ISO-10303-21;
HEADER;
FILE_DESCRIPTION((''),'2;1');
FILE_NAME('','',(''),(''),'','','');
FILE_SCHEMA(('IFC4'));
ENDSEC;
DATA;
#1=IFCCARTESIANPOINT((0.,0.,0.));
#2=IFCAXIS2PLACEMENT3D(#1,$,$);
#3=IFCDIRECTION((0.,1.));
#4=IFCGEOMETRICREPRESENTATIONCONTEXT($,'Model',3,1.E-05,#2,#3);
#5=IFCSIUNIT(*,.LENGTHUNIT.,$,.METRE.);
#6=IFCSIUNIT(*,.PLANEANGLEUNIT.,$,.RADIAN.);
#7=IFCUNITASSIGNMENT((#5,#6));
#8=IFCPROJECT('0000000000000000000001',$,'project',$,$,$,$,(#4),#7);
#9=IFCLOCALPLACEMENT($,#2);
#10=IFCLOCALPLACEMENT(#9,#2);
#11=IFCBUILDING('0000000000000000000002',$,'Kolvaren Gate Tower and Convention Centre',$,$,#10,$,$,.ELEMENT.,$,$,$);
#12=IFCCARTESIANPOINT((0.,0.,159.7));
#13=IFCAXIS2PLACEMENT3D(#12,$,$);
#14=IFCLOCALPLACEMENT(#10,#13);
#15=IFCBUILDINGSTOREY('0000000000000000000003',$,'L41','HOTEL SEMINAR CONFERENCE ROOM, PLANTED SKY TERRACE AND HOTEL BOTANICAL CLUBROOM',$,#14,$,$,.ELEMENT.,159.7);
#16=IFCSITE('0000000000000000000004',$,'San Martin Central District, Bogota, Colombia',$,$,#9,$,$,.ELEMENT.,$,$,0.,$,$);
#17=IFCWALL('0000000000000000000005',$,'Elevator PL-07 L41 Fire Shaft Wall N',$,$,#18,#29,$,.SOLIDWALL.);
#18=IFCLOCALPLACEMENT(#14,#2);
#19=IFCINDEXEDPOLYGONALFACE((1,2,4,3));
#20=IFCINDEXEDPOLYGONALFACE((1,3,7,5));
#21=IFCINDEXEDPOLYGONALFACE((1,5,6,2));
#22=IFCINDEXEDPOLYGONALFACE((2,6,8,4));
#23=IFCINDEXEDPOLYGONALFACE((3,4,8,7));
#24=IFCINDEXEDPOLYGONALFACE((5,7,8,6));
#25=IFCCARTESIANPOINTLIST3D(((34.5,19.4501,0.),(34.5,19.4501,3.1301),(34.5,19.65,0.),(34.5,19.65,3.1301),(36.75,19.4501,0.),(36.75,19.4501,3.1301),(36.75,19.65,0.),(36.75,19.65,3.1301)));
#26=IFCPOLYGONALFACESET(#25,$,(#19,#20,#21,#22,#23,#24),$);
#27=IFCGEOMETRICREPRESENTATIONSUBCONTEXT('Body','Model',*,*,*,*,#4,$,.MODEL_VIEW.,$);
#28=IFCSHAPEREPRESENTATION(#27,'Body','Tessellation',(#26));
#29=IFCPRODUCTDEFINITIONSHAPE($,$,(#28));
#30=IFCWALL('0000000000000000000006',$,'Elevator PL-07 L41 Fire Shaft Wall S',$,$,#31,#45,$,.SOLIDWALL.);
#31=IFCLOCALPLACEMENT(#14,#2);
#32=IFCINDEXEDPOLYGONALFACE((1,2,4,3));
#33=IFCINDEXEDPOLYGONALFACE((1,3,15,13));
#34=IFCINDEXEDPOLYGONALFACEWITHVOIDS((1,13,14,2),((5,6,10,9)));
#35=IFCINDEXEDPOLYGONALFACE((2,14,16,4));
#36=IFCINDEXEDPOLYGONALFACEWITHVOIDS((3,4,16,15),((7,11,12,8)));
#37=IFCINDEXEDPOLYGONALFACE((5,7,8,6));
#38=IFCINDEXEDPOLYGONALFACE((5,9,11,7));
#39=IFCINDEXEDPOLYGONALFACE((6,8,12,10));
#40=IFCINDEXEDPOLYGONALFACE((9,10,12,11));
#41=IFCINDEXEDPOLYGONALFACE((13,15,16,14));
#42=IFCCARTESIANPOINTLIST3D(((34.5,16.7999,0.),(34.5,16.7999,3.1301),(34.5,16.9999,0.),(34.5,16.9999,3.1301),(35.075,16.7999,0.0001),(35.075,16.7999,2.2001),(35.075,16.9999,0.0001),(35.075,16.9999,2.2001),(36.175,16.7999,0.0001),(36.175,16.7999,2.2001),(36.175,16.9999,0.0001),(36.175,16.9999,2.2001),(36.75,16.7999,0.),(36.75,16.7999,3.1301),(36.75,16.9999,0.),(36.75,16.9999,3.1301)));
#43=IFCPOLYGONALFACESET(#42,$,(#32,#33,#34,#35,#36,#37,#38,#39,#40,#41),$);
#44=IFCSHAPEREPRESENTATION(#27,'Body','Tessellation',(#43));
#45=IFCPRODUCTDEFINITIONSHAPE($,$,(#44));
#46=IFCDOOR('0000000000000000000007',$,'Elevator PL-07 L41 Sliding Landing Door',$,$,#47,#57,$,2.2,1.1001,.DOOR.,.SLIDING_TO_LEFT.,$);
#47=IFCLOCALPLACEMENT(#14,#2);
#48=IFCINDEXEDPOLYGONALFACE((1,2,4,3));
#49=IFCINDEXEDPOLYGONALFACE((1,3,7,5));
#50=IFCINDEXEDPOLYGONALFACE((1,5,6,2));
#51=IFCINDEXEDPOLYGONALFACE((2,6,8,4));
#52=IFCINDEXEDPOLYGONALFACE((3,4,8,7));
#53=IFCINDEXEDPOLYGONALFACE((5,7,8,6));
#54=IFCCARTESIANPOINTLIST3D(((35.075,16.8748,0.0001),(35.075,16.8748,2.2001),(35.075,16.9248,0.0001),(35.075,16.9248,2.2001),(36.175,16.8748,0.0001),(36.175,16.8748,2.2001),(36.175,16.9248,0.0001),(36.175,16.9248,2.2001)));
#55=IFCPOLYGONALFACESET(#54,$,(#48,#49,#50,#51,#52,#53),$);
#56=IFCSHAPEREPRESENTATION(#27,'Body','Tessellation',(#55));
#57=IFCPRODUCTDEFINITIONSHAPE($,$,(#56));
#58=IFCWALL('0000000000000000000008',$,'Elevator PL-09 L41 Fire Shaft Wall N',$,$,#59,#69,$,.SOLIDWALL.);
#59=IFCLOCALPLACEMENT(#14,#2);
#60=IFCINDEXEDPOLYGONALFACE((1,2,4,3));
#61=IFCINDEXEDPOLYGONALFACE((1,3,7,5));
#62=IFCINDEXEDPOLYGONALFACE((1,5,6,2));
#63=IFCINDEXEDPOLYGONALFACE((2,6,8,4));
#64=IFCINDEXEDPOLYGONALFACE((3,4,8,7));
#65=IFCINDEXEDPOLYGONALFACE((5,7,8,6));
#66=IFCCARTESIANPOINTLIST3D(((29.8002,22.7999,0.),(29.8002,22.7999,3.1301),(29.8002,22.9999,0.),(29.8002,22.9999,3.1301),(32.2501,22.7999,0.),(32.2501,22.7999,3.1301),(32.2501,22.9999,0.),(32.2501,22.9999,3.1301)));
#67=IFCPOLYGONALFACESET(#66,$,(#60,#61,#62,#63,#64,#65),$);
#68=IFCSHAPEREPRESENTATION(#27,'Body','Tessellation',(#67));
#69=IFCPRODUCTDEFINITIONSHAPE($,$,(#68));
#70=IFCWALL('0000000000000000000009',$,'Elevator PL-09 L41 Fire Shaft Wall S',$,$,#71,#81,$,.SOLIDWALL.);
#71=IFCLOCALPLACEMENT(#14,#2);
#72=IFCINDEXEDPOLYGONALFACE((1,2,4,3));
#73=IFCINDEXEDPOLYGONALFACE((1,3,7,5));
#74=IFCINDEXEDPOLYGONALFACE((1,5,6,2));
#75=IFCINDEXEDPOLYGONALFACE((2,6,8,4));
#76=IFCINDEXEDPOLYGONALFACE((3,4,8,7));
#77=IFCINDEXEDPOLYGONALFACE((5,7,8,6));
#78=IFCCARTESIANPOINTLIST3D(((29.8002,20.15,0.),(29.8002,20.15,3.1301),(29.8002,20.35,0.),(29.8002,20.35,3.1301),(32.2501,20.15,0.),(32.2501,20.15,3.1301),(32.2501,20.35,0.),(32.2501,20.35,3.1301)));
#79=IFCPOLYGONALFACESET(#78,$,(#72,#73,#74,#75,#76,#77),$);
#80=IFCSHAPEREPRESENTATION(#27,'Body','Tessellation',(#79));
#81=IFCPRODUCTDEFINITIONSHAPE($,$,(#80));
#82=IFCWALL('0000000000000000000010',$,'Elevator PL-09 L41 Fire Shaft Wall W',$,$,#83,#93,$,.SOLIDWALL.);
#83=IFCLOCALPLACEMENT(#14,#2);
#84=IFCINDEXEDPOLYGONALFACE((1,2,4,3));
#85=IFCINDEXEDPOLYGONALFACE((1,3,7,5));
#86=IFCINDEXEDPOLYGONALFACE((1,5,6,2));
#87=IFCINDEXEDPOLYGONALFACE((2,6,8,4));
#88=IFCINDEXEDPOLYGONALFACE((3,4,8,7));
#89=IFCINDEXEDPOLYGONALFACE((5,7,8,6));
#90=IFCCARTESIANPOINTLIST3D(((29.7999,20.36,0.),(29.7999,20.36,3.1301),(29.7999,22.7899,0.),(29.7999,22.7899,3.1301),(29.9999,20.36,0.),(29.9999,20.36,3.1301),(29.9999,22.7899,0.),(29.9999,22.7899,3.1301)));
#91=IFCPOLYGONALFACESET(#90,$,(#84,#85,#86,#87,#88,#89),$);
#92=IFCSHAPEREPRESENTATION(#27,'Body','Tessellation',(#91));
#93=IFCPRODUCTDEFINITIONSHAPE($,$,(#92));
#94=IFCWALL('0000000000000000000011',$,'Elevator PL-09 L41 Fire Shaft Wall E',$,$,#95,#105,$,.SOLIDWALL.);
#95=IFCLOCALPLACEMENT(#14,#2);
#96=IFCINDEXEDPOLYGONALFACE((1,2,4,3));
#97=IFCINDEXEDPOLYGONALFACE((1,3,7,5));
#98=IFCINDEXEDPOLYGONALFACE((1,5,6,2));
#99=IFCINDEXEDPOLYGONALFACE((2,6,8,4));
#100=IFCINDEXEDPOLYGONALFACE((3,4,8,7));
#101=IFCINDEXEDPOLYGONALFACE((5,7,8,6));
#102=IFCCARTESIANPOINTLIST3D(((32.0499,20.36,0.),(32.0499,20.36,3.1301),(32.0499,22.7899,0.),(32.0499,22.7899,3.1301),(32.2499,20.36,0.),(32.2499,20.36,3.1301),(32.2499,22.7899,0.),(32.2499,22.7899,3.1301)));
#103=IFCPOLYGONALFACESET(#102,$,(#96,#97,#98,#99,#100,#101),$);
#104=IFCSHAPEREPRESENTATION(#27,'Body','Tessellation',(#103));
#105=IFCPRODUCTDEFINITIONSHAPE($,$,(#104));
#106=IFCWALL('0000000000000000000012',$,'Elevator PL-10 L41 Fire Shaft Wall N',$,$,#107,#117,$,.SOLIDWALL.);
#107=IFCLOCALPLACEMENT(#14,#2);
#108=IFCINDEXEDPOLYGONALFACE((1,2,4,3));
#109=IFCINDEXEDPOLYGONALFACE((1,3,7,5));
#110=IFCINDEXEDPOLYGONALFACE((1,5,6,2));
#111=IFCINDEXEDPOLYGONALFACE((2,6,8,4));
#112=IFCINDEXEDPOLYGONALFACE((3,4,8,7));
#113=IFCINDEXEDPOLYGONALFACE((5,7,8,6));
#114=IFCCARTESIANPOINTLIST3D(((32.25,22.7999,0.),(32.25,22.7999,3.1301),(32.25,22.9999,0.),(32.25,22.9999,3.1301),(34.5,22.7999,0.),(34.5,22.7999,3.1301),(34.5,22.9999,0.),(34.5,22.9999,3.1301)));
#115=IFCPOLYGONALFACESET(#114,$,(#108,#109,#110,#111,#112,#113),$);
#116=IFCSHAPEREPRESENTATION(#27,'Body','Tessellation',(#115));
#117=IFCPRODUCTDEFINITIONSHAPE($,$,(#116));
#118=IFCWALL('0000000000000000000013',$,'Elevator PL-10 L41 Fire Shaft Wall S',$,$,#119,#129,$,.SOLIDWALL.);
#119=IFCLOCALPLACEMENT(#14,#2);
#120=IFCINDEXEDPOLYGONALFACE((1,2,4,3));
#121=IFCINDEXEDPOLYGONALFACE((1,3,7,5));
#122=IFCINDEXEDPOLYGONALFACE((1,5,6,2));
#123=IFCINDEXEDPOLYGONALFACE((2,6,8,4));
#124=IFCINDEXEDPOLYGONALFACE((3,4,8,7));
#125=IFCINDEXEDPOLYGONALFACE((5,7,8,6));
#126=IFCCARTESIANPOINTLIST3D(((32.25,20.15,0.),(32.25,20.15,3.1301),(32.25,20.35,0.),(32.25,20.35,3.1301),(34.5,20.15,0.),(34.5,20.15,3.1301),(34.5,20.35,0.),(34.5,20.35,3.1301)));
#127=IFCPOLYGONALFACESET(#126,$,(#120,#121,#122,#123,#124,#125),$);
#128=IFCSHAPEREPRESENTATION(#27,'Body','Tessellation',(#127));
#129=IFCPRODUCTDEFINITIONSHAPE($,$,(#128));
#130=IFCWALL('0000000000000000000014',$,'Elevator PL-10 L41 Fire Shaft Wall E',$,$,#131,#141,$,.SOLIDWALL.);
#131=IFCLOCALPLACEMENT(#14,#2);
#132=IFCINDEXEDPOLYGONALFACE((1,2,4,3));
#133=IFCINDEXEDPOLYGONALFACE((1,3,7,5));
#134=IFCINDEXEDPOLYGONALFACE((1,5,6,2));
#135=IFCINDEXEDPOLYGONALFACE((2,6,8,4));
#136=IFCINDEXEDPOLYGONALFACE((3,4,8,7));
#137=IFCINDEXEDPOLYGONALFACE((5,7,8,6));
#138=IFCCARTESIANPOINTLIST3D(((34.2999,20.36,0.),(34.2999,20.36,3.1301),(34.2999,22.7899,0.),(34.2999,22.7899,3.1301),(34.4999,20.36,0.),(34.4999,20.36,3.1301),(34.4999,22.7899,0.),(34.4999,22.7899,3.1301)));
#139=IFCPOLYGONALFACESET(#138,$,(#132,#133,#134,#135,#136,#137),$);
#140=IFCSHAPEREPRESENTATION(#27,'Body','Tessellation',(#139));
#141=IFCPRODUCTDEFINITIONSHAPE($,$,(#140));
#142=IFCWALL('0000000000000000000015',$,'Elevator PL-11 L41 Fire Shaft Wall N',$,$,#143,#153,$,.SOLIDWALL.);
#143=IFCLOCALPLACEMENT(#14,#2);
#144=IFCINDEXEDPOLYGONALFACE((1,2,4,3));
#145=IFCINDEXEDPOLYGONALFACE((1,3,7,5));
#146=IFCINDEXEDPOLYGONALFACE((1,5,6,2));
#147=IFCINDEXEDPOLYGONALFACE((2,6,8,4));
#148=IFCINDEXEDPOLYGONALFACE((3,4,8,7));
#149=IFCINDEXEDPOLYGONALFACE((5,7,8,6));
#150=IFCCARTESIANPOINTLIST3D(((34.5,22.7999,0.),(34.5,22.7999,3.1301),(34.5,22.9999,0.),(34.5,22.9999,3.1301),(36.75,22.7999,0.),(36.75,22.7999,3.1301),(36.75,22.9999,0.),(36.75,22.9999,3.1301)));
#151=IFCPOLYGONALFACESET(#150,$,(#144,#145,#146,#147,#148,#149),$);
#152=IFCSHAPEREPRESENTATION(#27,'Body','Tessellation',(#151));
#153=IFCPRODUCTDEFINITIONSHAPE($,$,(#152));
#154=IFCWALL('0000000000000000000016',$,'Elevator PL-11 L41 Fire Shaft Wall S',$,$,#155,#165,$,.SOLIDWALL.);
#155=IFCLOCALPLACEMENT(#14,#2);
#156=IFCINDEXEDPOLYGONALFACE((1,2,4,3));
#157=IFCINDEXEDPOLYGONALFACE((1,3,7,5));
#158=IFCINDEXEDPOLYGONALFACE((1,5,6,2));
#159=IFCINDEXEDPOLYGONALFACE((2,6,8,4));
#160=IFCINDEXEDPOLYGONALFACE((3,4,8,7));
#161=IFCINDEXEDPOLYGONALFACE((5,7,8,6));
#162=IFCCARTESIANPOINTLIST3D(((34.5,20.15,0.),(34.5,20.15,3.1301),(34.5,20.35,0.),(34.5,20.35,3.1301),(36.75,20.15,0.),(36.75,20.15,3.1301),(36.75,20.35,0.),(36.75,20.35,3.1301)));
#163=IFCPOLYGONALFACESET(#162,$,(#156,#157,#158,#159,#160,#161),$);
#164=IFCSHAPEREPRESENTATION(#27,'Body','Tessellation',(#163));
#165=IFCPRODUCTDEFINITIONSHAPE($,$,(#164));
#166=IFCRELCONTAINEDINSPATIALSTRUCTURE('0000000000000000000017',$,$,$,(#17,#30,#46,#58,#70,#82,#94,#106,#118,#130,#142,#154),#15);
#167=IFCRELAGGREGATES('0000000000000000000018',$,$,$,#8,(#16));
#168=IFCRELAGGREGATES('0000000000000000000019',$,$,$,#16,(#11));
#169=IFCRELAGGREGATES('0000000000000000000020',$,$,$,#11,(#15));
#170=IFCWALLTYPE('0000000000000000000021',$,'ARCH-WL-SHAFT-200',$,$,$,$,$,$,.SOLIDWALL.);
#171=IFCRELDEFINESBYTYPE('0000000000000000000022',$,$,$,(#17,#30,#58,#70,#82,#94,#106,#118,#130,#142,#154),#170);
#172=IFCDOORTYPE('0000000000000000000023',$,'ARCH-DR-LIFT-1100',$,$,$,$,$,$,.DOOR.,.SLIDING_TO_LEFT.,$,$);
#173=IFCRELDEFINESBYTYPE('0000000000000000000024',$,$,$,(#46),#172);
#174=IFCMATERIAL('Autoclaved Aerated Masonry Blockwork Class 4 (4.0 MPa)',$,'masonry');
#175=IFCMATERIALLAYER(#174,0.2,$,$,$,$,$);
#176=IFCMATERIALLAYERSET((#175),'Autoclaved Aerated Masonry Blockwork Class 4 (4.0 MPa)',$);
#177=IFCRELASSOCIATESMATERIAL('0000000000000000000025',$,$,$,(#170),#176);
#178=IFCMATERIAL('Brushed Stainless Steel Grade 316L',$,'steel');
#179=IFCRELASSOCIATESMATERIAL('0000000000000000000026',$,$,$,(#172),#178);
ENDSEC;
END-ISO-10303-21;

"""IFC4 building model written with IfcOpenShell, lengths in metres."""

from ifc_helpers import new_model, si_unit, direction, frame, frame_2d, origin, place, context, subcontext, project, spatial, rectangle, extrude, material, layer, layer_set, type_object, element, fill, save


model = new_model("IFC4")

# Units and contexts
model_context = context("Model", 3, precision=1e-05, world=origin(), true_north=direction((0.0, 1.0)))
body_context = subcontext(model_context, "Body", "Model", "MODEL_VIEW")
ifc_project = project(units=[si_unit("LENGTHUNIT", "METRE"), si_unit("PLANEANGLEUNIT", "RADIAN")], contexts=[model_context])

# Site, building, storey
site_placement = place(None, origin())
site = spatial("IfcSite", under=ifc_project, at=site_placement, Name="San Martin Central District, Bogota, Colombia", CompositionType="ELEMENT", RefElevation=0.0)
building_placement = place(site_placement, origin())
building = spatial("IfcBuilding", under=site, at=building_placement, Name="Kolvaren Gate Tower and Convention Centre", CompositionType="ELEMENT")
storey_placement = place(building_placement, frame((0.0, 0.0, 159.7)))
storey = spatial("IfcBuildingStorey", under=building, at=storey_placement, Name="L41", Description="HOTEL SEMINAR CONFERENCE ROOM, PLANTED SKY TERRACE AND HOTEL BOTANICAL CLUBROOM", CompositionType="ELEMENT", Elevation=159.7)

# Shared definitions
ifc_material_1 = material(Name="Autoclaved Aerated Masonry Blockwork Class 4 (4.0 MPa)", Category="masonry")

# Shared definitions
ifc_layer_1 = layer(ifc_material_1, 0.2)
ifc_layer_set_1 = layer_set([ifc_layer_1], Name="Autoclaved Aerated Masonry Blockwork Class 4 (4.0 MPa)")
wall_type_1 = type_object("IfcWallType", Name="ARCH-WL-SHAFT-200", PredefinedType="SOLIDWALL", material=ifc_layer_set_1)

# Shared definitions
ifc_material_2 = material(Name="Brushed Stainless Steel Grade 316L", Category="steel")
door_type_1 = type_object("IfcDoorType", Name="ARCH-DR-LIFT-1100", OperationType="SLIDING_TO_LEFT", PredefinedType="DOOR", material=ifc_material_2)

# Wall
wall_1_placement = place(storey_placement, frame((34.5, 19.55, 0.0), z_axis=(0.0, 0.0, 1.0), x_axis=(1.0, 0.0, 0.0)))
element("IfcWall", 1, at=wall_1_placement, inside=storey, type_object=wall_type_1, Name="Elevator PL-07 L41 Fire Shaft Wall N", PredefinedType="SOLIDWALL", context=body_context, shape_type="SweptSolid", body=[
    extrude(rectangle(XDim=2.25, YDim=0.2, at=frame_2d((1.125, 0.0))), origin(), (0.0, 0.0, 1.0), 3.1301),
])

# Wall, opening, door
wall_2_placement = place(storey_placement, frame((34.5, 16.8999, 0.0), z_axis=(0.0, 0.0, 1.0), x_axis=(1.0, 0.0, 0.0)))
wall_2 = element("IfcWall", 2, at=wall_2_placement, inside=storey, type_object=wall_type_1, Name="Elevator PL-07 L41 Fire Shaft Wall S", PredefinedType="SOLIDWALL", context=body_context, shape_type="SweptSolid", body=[
    extrude(rectangle(XDim=2.25, YDim=0.2, at=frame_2d((1.125, 0.0))), origin(), (0.0, 0.0, 1.0), 3.1301),
])
opening_1_placement = place(wall_2_placement, frame((0.575, 0.0, 0.0)))
opening_1 = element("IfcOpeningElement", 3, at=opening_1_placement, cuts=wall_2, PredefinedType="OPENING", context=body_context, shape_type="SweptSolid", body=[
    extrude(rectangle(XDim=1.1001, YDim=2.2, at=frame_2d((0.55, 1.1001))), frame((0.0, 0.1099, 0.0), z_axis=(0.0, -1.0, 0.0), x_axis=(1.0, 0.0, 0.0)), (0.0, 0.0, 1.0), 0.22),
])
door_1_placement = place(opening_1_placement, origin())
door_1 = element("IfcDoor", 4, at=door_1_placement, inside=storey, type_object=door_type_1, Name="Elevator PL-07 L41 Sliding Landing Door", OperationType="SLIDING_TO_LEFT", OverallHeight=2.2, OverallWidth=1.1001, PredefinedType="DOOR", context=body_context, shape_type="SweptSolid", body=[
    extrude(rectangle(XDim=1.1001, YDim=2.2, at=frame_2d((0.55, 1.1001))), frame((0.0, 0.0249, 0.0), z_axis=(0.0, -1.0, 0.0), x_axis=(1.0, 0.0, 0.0)), (0.0, 0.0, 1.0), 0.05),
])
fill(opening_1, door_1)

# Walls
for number, where, z_axis, x_axis, name in (
    (5, (29.8, 22.8999, 0.0), (0.0, 0.0, 1.0), (1.0, 0.0, 0.0), "Elevator PL-09 L41 Fire Shaft Wall N"),
    (6, (29.8, 20.25, 0.0), (0.0, 0.0, 1.0), (1.0, 0.0, 0.0), "Elevator PL-09 L41 Fire Shaft Wall S"),
):
    element("IfcWall", number, at=place(storey_placement, frame(where, z_axis=z_axis, x_axis=x_axis)), inside=storey, type_object=wall_type_1, Name=name, PredefinedType="SOLIDWALL", context=body_context, shape_type="SweptSolid", body=[
        extrude(rectangle(XDim=2.45, YDim=0.2, at=frame_2d((1.2251, 0.0))), origin(), (0.0, 0.0, 1.0), 3.1301),
    ])
for number, where, z_axis, x_axis, name in (
    (7, (29.8999, 20.3601, 0.0), (0.0, 0.0, 1.0), (0.0, 1.0, 0.0), "Elevator PL-09 L41 Fire Shaft Wall W"),
    (8, (32.1499, 20.3601, 0.0), (0.0, 0.0, 1.0), (0.0, 1.0, 0.0), "Elevator PL-09 L41 Fire Shaft Wall E"),
):
    element("IfcWall", number, at=place(storey_placement, frame(where, z_axis=z_axis, x_axis=x_axis)), inside=storey, type_object=wall_type_1, Name=name, PredefinedType="SOLIDWALL", context=body_context, shape_type="SweptSolid", body=[
        extrude(rectangle(XDim=2.4299, YDim=0.2, at=frame_2d((1.2148, 0.0))), origin(), (0.0, 0.0, 1.0), 3.1301),
    ])
for number, where, z_axis, x_axis, name in (
    (9, (32.25, 22.8999, 0.0), (0.0, 0.0, 1.0), (1.0, 0.0, 0.0), "Elevator PL-10 L41 Fire Shaft Wall N"),
    (10, (32.25, 20.25, 0.0), (0.0, 0.0, 1.0), (1.0, 0.0, 0.0), "Elevator PL-10 L41 Fire Shaft Wall S"),
):
    element("IfcWall", number, at=place(storey_placement, frame(where, z_axis=z_axis, x_axis=x_axis)), inside=storey, type_object=wall_type_1, Name=name, PredefinedType="SOLIDWALL", context=body_context, shape_type="SweptSolid", body=[
        extrude(rectangle(XDim=2.25, YDim=0.2, at=frame_2d((1.125, 0.0))), origin(), (0.0, 0.0, 1.0), 3.1301),
    ])
wall_3_placement = place(storey_placement, frame((34.3999, 20.3601, 0.0), z_axis=(0.0, 0.0, 1.0), x_axis=(0.0, 1.0, 0.0)))
element("IfcWall", 11, at=wall_3_placement, inside=storey, type_object=wall_type_1, Name="Elevator PL-10 L41 Fire Shaft Wall E", PredefinedType="SOLIDWALL", context=body_context, shape_type="SweptSolid", body=[
    extrude(rectangle(XDim=2.4299, YDim=0.2, at=frame_2d((1.2148, 0.0))), origin(), (0.0, 0.0, 1.0), 3.1301),
])
for number, where, z_axis, x_axis, name in (
    (12, (34.5, 22.8999, 0.0), (0.0, 0.0, 1.0), (1.0, 0.0, 0.0), "Elevator PL-11 L41 Fire Shaft Wall N"),
    (13, (34.5, 20.25, 0.0), (0.0, 0.0, 1.0), (1.0, 0.0, 0.0), "Elevator PL-11 L41 Fire Shaft Wall S"),
):
    element("IfcWall", number, at=place(storey_placement, frame(where, z_axis=z_axis, x_axis=x_axis)), inside=storey, type_object=wall_type_1, Name=name, PredefinedType="SOLIDWALL", context=body_context, shape_type="SweptSolid", body=[
        extrude(rectangle(XDim=2.25, YDim=0.2, at=frame_2d((1.125, 0.0))), origin(), (0.0, 0.0, 1.0), 3.1301),
    ])

save(model, "model.ifc")
